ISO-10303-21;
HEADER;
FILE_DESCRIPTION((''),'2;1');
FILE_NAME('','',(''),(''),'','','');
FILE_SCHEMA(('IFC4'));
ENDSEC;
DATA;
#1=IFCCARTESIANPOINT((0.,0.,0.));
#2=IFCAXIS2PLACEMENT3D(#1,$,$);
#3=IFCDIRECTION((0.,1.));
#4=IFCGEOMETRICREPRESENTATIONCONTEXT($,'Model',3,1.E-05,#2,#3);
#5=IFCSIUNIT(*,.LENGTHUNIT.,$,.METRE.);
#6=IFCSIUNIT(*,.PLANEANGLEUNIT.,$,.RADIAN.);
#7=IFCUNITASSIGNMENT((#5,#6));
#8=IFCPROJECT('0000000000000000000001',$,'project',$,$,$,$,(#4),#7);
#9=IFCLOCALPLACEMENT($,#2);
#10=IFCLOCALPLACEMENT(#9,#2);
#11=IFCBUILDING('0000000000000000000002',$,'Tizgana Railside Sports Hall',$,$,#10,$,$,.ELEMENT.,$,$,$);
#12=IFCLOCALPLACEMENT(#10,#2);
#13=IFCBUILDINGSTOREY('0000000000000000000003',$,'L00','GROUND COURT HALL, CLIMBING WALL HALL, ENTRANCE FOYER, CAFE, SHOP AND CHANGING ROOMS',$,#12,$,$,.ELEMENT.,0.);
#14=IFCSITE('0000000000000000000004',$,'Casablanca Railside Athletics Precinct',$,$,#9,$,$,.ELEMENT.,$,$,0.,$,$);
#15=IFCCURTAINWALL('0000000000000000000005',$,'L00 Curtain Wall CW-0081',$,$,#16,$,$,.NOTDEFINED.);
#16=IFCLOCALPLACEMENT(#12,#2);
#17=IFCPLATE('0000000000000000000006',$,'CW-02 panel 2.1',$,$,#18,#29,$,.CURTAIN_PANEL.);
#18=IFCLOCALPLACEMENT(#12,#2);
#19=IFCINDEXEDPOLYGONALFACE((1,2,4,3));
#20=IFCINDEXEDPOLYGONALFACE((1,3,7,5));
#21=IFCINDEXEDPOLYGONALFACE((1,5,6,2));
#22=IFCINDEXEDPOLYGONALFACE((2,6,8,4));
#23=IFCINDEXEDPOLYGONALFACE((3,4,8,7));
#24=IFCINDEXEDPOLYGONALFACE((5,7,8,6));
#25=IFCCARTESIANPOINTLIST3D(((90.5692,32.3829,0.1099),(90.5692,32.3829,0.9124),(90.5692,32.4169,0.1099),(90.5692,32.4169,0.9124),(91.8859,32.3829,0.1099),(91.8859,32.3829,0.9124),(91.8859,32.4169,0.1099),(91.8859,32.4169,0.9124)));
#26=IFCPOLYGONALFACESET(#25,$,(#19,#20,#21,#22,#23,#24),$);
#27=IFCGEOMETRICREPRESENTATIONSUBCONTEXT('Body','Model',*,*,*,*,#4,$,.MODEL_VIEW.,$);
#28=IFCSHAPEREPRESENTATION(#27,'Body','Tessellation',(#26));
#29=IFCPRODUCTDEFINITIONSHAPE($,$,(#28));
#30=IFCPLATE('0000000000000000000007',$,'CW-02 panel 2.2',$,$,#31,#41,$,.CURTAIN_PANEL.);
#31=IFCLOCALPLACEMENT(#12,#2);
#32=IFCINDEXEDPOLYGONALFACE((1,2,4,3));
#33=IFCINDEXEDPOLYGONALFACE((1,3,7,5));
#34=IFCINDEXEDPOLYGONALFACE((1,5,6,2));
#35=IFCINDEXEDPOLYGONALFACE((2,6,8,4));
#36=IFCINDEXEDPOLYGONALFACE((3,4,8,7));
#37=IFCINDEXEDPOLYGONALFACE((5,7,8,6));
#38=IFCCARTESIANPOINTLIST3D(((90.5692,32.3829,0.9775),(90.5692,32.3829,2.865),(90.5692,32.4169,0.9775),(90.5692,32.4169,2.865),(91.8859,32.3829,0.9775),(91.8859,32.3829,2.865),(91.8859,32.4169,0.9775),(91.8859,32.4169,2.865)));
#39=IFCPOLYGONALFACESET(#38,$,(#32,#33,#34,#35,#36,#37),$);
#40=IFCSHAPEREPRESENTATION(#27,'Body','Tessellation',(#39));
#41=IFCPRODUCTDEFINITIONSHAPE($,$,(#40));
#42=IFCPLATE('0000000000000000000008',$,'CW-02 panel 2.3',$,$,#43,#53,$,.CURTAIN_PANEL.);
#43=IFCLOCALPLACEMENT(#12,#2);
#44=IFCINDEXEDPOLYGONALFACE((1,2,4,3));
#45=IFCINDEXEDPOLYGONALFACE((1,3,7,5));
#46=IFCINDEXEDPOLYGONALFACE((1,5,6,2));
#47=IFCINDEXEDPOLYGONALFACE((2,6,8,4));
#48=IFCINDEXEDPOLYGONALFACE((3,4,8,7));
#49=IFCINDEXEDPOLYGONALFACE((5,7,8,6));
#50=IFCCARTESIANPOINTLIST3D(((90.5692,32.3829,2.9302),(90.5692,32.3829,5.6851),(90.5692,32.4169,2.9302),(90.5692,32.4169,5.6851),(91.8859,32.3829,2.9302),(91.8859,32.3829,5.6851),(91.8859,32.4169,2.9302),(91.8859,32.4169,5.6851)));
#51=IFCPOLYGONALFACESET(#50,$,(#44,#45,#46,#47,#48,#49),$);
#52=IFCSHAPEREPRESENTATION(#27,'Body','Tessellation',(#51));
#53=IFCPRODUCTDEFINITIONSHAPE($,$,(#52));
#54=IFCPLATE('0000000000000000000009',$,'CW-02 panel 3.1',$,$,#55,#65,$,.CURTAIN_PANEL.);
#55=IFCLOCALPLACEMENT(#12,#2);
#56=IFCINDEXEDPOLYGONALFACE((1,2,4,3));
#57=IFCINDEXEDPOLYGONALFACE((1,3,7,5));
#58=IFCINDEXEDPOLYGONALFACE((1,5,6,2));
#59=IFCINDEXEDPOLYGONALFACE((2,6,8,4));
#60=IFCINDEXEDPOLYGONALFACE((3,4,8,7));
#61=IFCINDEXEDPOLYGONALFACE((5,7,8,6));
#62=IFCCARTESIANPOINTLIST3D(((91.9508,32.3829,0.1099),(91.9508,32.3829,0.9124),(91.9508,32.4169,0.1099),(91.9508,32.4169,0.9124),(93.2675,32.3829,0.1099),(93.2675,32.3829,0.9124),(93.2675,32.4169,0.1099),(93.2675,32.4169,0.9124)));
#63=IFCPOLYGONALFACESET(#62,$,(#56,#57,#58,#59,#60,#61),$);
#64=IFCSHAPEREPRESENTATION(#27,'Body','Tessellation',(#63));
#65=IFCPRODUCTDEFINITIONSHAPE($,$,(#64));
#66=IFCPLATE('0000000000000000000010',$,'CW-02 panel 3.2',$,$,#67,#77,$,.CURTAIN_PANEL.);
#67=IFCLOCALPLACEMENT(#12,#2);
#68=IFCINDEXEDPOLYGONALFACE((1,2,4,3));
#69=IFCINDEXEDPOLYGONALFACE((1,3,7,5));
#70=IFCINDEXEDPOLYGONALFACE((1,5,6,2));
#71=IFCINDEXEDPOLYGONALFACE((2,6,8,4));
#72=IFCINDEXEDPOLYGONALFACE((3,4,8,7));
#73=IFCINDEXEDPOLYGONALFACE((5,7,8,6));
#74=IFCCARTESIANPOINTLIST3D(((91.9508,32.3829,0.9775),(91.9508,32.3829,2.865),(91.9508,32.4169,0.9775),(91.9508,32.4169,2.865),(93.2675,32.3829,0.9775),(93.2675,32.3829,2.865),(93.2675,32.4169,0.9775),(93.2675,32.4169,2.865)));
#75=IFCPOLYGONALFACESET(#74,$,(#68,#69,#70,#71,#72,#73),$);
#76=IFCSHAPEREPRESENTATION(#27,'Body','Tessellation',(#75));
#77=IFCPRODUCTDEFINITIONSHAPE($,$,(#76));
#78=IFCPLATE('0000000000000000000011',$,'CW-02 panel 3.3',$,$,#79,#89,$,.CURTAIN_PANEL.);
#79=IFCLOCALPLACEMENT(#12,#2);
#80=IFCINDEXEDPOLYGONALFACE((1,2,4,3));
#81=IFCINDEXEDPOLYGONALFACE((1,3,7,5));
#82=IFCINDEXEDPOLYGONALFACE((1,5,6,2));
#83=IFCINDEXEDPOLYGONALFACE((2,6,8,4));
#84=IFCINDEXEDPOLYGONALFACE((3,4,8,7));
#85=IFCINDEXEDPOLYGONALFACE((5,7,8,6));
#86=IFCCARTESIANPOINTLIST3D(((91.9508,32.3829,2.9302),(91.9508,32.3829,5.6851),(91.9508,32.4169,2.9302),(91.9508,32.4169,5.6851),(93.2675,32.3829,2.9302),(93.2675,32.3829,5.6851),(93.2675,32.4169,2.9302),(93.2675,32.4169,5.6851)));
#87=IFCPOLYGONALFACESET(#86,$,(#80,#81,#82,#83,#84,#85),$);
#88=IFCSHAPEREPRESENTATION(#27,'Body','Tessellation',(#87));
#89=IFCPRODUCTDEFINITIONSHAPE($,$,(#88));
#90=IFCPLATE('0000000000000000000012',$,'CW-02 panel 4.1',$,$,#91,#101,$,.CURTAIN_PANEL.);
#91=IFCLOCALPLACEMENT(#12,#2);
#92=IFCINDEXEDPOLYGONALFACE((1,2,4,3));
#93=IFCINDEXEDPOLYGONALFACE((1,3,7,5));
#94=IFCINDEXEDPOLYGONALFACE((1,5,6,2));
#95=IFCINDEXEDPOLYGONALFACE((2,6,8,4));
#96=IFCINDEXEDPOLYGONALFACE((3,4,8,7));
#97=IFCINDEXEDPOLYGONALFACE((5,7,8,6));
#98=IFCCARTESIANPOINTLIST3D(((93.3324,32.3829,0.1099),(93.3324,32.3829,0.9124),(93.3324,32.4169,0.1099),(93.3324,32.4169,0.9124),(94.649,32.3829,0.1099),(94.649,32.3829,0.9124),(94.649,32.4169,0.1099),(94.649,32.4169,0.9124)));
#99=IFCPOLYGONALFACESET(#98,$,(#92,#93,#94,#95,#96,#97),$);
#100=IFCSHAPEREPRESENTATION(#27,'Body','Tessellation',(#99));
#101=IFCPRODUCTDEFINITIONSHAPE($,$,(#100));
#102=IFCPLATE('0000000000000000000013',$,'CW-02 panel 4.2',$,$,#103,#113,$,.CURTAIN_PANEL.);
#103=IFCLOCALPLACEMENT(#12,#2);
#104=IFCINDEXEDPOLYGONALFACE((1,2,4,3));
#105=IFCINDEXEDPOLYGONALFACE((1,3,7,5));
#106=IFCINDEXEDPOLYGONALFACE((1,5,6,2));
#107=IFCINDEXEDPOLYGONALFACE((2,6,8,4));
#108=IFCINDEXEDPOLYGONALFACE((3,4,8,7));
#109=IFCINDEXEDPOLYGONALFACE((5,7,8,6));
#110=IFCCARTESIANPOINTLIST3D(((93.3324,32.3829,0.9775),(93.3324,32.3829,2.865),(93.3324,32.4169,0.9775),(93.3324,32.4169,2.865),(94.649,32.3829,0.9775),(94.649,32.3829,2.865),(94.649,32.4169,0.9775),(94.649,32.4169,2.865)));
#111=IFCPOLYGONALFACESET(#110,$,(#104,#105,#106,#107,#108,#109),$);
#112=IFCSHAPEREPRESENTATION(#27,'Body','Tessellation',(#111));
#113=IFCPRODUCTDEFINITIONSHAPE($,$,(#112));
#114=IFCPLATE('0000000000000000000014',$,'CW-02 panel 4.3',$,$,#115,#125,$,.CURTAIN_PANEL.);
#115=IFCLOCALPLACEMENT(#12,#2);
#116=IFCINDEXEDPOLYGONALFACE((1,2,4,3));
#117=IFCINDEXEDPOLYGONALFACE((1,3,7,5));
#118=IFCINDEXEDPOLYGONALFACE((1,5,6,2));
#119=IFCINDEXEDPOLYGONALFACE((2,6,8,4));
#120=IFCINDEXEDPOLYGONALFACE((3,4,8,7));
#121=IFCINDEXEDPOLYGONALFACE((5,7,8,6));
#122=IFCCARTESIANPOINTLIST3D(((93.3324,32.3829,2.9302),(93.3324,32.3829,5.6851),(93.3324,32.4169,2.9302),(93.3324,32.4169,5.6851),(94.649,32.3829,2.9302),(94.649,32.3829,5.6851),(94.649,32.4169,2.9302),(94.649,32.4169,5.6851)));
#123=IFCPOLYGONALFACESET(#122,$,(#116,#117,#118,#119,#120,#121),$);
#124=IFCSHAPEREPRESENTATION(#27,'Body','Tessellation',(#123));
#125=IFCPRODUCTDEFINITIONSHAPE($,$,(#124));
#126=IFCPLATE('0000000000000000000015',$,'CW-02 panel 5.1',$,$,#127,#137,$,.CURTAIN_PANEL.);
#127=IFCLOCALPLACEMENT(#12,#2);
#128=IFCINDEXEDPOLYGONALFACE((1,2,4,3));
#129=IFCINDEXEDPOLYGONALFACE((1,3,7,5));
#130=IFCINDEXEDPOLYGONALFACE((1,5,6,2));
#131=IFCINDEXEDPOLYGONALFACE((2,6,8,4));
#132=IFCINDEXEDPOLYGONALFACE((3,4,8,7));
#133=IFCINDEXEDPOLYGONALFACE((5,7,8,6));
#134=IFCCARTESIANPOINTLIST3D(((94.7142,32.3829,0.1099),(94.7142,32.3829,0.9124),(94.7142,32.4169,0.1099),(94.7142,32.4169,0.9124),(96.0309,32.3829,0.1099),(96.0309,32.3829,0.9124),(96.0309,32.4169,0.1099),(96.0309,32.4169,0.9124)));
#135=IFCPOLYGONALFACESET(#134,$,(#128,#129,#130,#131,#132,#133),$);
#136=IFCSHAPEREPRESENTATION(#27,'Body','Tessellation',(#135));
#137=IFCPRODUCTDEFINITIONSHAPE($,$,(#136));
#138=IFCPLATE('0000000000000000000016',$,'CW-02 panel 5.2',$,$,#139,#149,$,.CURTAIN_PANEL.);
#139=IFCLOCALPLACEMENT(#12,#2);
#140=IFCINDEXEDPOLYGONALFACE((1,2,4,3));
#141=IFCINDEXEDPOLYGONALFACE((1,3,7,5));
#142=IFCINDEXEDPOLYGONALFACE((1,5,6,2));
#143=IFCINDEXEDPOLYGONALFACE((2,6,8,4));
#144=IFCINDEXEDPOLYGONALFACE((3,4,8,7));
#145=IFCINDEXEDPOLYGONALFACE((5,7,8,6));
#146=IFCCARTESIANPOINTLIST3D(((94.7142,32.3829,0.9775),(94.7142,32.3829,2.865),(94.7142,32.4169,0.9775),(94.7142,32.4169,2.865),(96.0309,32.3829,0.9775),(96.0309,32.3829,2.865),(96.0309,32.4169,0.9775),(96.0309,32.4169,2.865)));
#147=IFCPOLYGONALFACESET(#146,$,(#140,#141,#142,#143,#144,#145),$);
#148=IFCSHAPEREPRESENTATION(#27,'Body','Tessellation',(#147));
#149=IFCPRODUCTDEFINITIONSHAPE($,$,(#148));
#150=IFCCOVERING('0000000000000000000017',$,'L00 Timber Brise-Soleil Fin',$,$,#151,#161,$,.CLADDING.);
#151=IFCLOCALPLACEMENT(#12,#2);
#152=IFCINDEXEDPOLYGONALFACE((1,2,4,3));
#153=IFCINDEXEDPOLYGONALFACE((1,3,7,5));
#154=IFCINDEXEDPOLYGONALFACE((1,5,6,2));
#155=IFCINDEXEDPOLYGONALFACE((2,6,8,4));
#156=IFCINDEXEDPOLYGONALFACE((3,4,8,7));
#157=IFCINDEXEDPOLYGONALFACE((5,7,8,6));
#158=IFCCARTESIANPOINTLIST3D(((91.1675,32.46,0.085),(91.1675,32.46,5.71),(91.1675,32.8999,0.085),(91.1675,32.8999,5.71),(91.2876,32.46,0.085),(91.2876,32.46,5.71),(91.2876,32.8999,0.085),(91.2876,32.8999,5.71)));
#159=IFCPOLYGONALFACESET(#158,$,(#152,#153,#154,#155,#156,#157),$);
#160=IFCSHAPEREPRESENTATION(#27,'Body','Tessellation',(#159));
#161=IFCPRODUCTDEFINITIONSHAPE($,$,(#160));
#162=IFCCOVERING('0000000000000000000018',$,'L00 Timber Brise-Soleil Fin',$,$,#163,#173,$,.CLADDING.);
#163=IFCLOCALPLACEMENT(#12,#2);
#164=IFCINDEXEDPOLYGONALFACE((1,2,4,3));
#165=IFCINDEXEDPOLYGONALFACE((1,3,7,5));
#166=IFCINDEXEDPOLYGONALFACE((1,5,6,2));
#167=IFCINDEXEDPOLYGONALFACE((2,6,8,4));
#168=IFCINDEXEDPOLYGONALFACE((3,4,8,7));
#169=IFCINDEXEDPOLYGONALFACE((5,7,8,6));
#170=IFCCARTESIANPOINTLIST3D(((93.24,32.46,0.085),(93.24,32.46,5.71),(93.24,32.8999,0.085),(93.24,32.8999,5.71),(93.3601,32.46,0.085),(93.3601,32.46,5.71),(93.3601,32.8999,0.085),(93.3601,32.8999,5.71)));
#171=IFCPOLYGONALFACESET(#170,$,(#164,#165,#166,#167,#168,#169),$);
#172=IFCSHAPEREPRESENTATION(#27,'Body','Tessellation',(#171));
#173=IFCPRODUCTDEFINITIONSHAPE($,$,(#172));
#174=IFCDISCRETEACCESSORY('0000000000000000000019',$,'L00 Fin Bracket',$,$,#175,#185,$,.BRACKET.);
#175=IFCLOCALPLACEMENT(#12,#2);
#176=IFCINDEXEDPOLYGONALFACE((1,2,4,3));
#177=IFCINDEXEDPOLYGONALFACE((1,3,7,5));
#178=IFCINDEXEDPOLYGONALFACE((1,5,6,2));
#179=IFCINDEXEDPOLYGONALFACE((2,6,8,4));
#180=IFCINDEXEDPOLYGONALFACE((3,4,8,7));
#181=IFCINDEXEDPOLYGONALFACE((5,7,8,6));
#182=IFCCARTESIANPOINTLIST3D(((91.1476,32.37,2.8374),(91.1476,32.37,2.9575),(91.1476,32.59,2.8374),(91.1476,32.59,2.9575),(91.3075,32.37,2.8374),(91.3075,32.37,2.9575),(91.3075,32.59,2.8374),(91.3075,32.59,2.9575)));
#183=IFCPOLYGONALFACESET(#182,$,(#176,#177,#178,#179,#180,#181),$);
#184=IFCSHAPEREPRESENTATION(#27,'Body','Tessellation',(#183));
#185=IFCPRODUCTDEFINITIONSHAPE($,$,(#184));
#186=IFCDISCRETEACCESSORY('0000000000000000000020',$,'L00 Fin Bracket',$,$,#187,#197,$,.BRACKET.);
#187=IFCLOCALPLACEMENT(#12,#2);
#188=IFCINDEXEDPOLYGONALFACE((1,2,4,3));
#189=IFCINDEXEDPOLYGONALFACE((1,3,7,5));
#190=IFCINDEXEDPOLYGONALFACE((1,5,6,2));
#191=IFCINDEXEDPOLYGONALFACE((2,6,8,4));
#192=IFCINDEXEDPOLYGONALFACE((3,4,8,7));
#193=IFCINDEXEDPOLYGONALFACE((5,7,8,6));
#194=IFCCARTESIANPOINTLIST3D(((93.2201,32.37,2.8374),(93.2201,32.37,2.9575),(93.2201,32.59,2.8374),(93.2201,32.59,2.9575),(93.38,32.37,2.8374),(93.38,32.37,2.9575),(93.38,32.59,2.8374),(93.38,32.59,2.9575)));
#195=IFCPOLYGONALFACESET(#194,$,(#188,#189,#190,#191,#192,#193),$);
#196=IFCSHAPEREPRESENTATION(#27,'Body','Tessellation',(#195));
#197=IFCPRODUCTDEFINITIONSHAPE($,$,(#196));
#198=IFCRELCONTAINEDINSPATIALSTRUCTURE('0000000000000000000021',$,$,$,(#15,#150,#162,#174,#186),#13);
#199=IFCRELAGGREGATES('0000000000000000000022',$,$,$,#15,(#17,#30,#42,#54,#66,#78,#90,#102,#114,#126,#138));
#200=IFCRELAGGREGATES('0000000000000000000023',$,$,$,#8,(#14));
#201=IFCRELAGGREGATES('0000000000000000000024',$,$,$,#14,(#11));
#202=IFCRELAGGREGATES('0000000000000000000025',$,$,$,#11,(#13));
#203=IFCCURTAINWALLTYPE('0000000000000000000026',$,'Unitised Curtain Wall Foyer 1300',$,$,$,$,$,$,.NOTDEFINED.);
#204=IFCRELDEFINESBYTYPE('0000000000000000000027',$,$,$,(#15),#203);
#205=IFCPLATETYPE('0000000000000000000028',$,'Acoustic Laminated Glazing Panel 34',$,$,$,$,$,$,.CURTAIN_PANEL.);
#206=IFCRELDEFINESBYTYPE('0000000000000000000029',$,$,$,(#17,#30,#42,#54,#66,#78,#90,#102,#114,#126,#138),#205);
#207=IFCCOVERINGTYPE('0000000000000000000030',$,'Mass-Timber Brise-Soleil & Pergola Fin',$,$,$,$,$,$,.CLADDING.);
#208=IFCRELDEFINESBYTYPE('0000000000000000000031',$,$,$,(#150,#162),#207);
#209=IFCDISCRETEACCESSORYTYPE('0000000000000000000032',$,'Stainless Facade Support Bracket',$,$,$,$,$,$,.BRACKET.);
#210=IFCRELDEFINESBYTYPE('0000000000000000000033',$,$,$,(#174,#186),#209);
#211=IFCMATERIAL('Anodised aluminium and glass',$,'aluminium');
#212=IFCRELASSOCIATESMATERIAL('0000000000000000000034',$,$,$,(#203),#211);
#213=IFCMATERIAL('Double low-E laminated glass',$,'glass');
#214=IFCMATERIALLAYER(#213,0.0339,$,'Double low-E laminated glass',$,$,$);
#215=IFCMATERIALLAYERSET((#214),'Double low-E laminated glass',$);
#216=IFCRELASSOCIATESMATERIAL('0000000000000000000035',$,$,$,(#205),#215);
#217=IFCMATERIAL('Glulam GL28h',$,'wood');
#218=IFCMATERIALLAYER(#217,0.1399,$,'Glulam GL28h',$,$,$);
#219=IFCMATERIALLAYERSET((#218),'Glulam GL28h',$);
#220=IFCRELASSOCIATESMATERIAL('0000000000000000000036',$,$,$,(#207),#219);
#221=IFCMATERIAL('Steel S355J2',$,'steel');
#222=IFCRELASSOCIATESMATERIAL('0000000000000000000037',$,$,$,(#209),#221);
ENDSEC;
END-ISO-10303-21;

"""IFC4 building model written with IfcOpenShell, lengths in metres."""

from ifc_helpers import new_model, si_unit, direction, frame, origin, origin_2d, place, context, subcontext, project, spatial, rectangle, extrude, material, layer, layer_set, type_object, element, aggregate, save


model = new_model("IFC4")

# Units and contexts
model_context = context("Model", 3, precision=1e-05, world=origin(), true_north=direction((0.0, 1.0)))
body_context = subcontext(model_context, "Body", "Model", "MODEL_VIEW")
ifc_project = project(units=[si_unit("LENGTHUNIT", "METRE"), si_unit("PLANEANGLEUNIT", "RADIAN")], contexts=[model_context])

# Site, building, storey
site_placement = place(None, origin())
site = spatial("IfcSite", under=ifc_project, at=site_placement, Name="Casablanca Railside Athletics Precinct", CompositionType="ELEMENT", RefElevation=0.0)
building_placement = place(site_placement, origin())
building = spatial("IfcBuilding", under=site, at=building_placement, Name="Tizgana Railside Sports Hall", CompositionType="ELEMENT")
storey_placement = place(building_placement, origin())
storey = spatial("IfcBuildingStorey", under=building, at=storey_placement, Name="L00", Description="GROUND COURT HALL, CLIMBING WALL HALL, ENTRANCE FOYER, CAFE, SHOP AND CHANGING ROOMS", CompositionType="ELEMENT", Elevation=0.0)

# Curtain wall, plates
ifc_material_1 = material(Name="Anodised aluminium and glass", Category="aluminium")
curtain_wall_type = type_object("IfcCurtainWallType", Name="Unitised Curtain Wall Foyer 1300", PredefinedType="NOTDEFINED", material=ifc_material_1)
curtain_wall_placement = place(storey_placement, origin())
curtain_wall = element("IfcCurtainWall", 1, at=curtain_wall_placement, inside=storey, type_object=curtain_wall_type, Name="L00 Curtain Wall CW-0081", PredefinedType="NOTDEFINED")
ifc_material_2 = material(Name="Double low-E laminated glass", Category="glass")
ifc_layer_1 = layer(ifc_material_2, 0.0339, Name="Double low-E laminated glass")
ifc_layer_set_1 = layer_set([ifc_layer_1], Name="Double low-E laminated glass")
plate_type = type_object("IfcPlateType", Name="Acoustic Laminated Glazing Panel 34", PredefinedType="CURTAIN_PANEL", material=ifc_layer_set_1)
plate_1_placement = place(storey_placement, frame((91.2275, 32.3999, 0.1099), z_axis=(0.0, 0.0, 1.0), x_axis=(1.0, 0.0, 0.0)))
plate_1 = element("IfcPlate", 2, at=plate_1_placement, type_object=plate_type, Name="CW-02 panel 2.1", PredefinedType="CURTAIN_PANEL", context=body_context, shape_type="SweptSolid", body=[
    extrude(rectangle(XDim=1.3167, YDim=0.0339, at=origin_2d()), origin(), (0.0, 0.0, 1.0), 0.8025),
])
plate_2_placement = place(storey_placement, frame((91.2275, 32.3999, 0.9775), z_axis=(0.0, 0.0, 1.0), x_axis=(1.0, 0.0, 0.0)))
plate_2 = element("IfcPlate", 3, at=plate_2_placement, type_object=plate_type, Name="CW-02 panel 2.2", PredefinedType="CURTAIN_PANEL", context=body_context, shape_type="SweptSolid", body=[
    extrude(rectangle(XDim=1.3167, YDim=0.0339, at=origin_2d()), origin(), (0.0, 0.0, 1.0), 1.8875),
])
plate_3_placement = place(storey_placement, frame((91.2275, 32.3999, 2.9302), z_axis=(0.0, 0.0, 1.0), x_axis=(1.0, 0.0, 0.0)))
plate_3 = element("IfcPlate", 4, at=plate_3_placement, type_object=plate_type, Name="CW-02 panel 2.3", PredefinedType="CURTAIN_PANEL", context=body_context, shape_type="SweptSolid", body=[
    extrude(rectangle(XDim=1.3167, YDim=0.0339, at=origin_2d()), origin(), (0.0, 0.0, 1.0), 2.7549),
])
plate_4_placement = place(storey_placement, frame((92.6091, 32.3999, 0.1099), z_axis=(0.0, 0.0, 1.0), x_axis=(1.0, 0.0, 0.0)))
plate_4 = element("IfcPlate", 5, at=plate_4_placement, type_object=plate_type, Name="CW-02 panel 3.1", PredefinedType="CURTAIN_PANEL", context=body_context, shape_type="SweptSolid", body=[
    extrude(rectangle(XDim=1.3167, YDim=0.0339, at=origin_2d()), origin(), (0.0, 0.0, 1.0), 0.8025),
])
plate_5_placement = place(storey_placement, frame((92.6091, 32.3999, 0.9775), z_axis=(0.0, 0.0, 1.0), x_axis=(1.0, 0.0, 0.0)))
plate_5 = element("IfcPlate", 6, at=plate_5_placement, type_object=plate_type, Name="CW-02 panel 3.2", PredefinedType="CURTAIN_PANEL", context=body_context, shape_type="SweptSolid", body=[
    extrude(rectangle(XDim=1.3167, YDim=0.0339, at=origin_2d()), origin(), (0.0, 0.0, 1.0), 1.8875),
])
plate_6_placement = place(storey_placement, frame((92.6091, 32.3999, 2.9302), z_axis=(0.0, 0.0, 1.0), x_axis=(1.0, 0.0, 0.0)))
plate_6 = element("IfcPlate", 7, at=plate_6_placement, type_object=plate_type, Name="CW-02 panel 3.3", PredefinedType="CURTAIN_PANEL", context=body_context, shape_type="SweptSolid", body=[
    extrude(rectangle(XDim=1.3167, YDim=0.0339, at=origin_2d()), origin(), (0.0, 0.0, 1.0), 2.7549),
])
plate_7_placement = place(storey_placement, frame((93.9907, 32.3999, 0.1099), z_axis=(0.0, 0.0, 1.0), x_axis=(1.0, 0.0, 0.0)))
plate_7 = element("IfcPlate", 8, at=plate_7_placement, type_object=plate_type, Name="CW-02 panel 4.1", PredefinedType="CURTAIN_PANEL", context=body_context, shape_type="SweptSolid", body=[
    extrude(rectangle(XDim=1.3167, YDim=0.0339, at=origin_2d()), origin(), (0.0, 0.0, 1.0), 0.8025),
])
plate_8_placement = place(storey_placement, frame((93.9907, 32.3999, 0.9775), z_axis=(0.0, 0.0, 1.0), x_axis=(1.0, 0.0, 0.0)))
plate_8 = element("IfcPlate", 9, at=plate_8_placement, type_object=plate_type, Name="CW-02 panel 4.2", PredefinedType="CURTAIN_PANEL", context=body_context, shape_type="SweptSolid", body=[
    extrude(rectangle(XDim=1.3167, YDim=0.0339, at=origin_2d()), origin(), (0.0, 0.0, 1.0), 1.8875),
])
plate_9_placement = place(storey_placement, frame((93.9907, 32.3999, 2.9302), z_axis=(0.0, 0.0, 1.0), x_axis=(1.0, 0.0, 0.0)))
plate_9 = element("IfcPlate", 10, at=plate_9_placement, type_object=plate_type, Name="CW-02 panel 4.3", PredefinedType="CURTAIN_PANEL", context=body_context, shape_type="SweptSolid", body=[
    extrude(rectangle(XDim=1.3167, YDim=0.0339, at=origin_2d()), origin(), (0.0, 0.0, 1.0), 2.7549),
])
plate_10_placement = place(storey_placement, frame((95.3726, 32.3999, 0.1099), z_axis=(0.0, 0.0, 1.0), x_axis=(1.0, 0.0, 0.0)))
plate_10 = element("IfcPlate", 11, at=plate_10_placement, type_object=plate_type, Name="CW-02 panel 5.1", PredefinedType="CURTAIN_PANEL", context=body_context, shape_type="SweptSolid", body=[
    extrude(rectangle(XDim=1.3167, YDim=0.0339, at=origin_2d()), origin(), (0.0, 0.0, 1.0), 0.8025),
])
plate_11_placement = place(storey_placement, frame((95.3726, 32.3999, 0.9775), z_axis=(0.0, 0.0, 1.0), x_axis=(1.0, 0.0, 0.0)))
plate_11 = element("IfcPlate", 12, at=plate_11_placement, type_object=plate_type, Name="CW-02 panel 5.2", PredefinedType="CURTAIN_PANEL", context=body_context, shape_type="SweptSolid", body=[
    extrude(rectangle(XDim=1.3167, YDim=0.0339, at=origin_2d()), origin(), (0.0, 0.0, 1.0), 1.8875),
])
aggregate(curtain_wall, [plate_1, plate_2, plate_3, plate_4, plate_5, plate_6, plate_7, plate_8, plate_9, plate_10, plate_11])

# Coverings
ifc_material_3 = material(Name="Glulam GL28h", Category="wood")
ifc_layer_2 = layer(ifc_material_3, 0.1399, Name="Glulam GL28h")
ifc_layer_set_2 = layer_set([ifc_layer_2], Name="Glulam GL28h")
covering_type = type_object("IfcCoveringType", Name="Mass-Timber Brise-Soleil & Pergola Fin", PredefinedType="CLADDING", material=ifc_layer_set_2)
for number, where, z_axis, x_axis, name in (
    (13, (91.2275, 32.6799, 0.085), (0.0, 0.0, 1.0), (1.0, 0.0, 0.0), "L00 Timber Brise-Soleil Fin"),
    (14, (93.3, 32.6799, 0.085), (0.0, 0.0, 1.0), (1.0, 0.0, 0.0), "L00 Timber Brise-Soleil Fin"),
):
    element("IfcCovering", number, at=place(storey_placement, frame(where, z_axis=z_axis, x_axis=x_axis)), inside=storey, type_object=covering_type, Name=name, PredefinedType="CLADDING", context=body_context, shape_type="SweptSolid", body=[
        extrude(rectangle(XDim=0.1201, YDim=0.4399, at=origin_2d()), origin(), (0.0, 0.0, 1.0), 5.625),
    ])

# Discrete accessories
ifc_material_4 = material(Name="Steel S355J2", Category="steel")
discrete_accessory_type = type_object("IfcDiscreteAccessoryType", Name="Stainless Facade Support Bracket", PredefinedType="BRACKET", material=ifc_material_4)
for number, where, z_axis, x_axis, name in (
    (15, (91.2275, 32.48, 2.8374), (0.0, 0.0, 1.0), (1.0, 0.0, 0.0), "L00 Fin Bracket"),
    (16, (93.3, 32.48, 2.8374), (0.0, 0.0, 1.0), (1.0, 0.0, 0.0), "L00 Fin Bracket"),
):
    element("IfcDiscreteAccessory", number, at=place(storey_placement, frame(where, z_axis=z_axis, x_axis=x_axis)), inside=storey, type_object=discrete_accessory_type, Name=name, PredefinedType="BRACKET", context=body_context, shape_type="SweptSolid", body=[
        extrude(rectangle(XDim=0.1599, YDim=0.22, at=origin_2d()), origin(), (0.0, 0.0, 1.0), 0.1201),
    ])

save(model, "model.ifc")
